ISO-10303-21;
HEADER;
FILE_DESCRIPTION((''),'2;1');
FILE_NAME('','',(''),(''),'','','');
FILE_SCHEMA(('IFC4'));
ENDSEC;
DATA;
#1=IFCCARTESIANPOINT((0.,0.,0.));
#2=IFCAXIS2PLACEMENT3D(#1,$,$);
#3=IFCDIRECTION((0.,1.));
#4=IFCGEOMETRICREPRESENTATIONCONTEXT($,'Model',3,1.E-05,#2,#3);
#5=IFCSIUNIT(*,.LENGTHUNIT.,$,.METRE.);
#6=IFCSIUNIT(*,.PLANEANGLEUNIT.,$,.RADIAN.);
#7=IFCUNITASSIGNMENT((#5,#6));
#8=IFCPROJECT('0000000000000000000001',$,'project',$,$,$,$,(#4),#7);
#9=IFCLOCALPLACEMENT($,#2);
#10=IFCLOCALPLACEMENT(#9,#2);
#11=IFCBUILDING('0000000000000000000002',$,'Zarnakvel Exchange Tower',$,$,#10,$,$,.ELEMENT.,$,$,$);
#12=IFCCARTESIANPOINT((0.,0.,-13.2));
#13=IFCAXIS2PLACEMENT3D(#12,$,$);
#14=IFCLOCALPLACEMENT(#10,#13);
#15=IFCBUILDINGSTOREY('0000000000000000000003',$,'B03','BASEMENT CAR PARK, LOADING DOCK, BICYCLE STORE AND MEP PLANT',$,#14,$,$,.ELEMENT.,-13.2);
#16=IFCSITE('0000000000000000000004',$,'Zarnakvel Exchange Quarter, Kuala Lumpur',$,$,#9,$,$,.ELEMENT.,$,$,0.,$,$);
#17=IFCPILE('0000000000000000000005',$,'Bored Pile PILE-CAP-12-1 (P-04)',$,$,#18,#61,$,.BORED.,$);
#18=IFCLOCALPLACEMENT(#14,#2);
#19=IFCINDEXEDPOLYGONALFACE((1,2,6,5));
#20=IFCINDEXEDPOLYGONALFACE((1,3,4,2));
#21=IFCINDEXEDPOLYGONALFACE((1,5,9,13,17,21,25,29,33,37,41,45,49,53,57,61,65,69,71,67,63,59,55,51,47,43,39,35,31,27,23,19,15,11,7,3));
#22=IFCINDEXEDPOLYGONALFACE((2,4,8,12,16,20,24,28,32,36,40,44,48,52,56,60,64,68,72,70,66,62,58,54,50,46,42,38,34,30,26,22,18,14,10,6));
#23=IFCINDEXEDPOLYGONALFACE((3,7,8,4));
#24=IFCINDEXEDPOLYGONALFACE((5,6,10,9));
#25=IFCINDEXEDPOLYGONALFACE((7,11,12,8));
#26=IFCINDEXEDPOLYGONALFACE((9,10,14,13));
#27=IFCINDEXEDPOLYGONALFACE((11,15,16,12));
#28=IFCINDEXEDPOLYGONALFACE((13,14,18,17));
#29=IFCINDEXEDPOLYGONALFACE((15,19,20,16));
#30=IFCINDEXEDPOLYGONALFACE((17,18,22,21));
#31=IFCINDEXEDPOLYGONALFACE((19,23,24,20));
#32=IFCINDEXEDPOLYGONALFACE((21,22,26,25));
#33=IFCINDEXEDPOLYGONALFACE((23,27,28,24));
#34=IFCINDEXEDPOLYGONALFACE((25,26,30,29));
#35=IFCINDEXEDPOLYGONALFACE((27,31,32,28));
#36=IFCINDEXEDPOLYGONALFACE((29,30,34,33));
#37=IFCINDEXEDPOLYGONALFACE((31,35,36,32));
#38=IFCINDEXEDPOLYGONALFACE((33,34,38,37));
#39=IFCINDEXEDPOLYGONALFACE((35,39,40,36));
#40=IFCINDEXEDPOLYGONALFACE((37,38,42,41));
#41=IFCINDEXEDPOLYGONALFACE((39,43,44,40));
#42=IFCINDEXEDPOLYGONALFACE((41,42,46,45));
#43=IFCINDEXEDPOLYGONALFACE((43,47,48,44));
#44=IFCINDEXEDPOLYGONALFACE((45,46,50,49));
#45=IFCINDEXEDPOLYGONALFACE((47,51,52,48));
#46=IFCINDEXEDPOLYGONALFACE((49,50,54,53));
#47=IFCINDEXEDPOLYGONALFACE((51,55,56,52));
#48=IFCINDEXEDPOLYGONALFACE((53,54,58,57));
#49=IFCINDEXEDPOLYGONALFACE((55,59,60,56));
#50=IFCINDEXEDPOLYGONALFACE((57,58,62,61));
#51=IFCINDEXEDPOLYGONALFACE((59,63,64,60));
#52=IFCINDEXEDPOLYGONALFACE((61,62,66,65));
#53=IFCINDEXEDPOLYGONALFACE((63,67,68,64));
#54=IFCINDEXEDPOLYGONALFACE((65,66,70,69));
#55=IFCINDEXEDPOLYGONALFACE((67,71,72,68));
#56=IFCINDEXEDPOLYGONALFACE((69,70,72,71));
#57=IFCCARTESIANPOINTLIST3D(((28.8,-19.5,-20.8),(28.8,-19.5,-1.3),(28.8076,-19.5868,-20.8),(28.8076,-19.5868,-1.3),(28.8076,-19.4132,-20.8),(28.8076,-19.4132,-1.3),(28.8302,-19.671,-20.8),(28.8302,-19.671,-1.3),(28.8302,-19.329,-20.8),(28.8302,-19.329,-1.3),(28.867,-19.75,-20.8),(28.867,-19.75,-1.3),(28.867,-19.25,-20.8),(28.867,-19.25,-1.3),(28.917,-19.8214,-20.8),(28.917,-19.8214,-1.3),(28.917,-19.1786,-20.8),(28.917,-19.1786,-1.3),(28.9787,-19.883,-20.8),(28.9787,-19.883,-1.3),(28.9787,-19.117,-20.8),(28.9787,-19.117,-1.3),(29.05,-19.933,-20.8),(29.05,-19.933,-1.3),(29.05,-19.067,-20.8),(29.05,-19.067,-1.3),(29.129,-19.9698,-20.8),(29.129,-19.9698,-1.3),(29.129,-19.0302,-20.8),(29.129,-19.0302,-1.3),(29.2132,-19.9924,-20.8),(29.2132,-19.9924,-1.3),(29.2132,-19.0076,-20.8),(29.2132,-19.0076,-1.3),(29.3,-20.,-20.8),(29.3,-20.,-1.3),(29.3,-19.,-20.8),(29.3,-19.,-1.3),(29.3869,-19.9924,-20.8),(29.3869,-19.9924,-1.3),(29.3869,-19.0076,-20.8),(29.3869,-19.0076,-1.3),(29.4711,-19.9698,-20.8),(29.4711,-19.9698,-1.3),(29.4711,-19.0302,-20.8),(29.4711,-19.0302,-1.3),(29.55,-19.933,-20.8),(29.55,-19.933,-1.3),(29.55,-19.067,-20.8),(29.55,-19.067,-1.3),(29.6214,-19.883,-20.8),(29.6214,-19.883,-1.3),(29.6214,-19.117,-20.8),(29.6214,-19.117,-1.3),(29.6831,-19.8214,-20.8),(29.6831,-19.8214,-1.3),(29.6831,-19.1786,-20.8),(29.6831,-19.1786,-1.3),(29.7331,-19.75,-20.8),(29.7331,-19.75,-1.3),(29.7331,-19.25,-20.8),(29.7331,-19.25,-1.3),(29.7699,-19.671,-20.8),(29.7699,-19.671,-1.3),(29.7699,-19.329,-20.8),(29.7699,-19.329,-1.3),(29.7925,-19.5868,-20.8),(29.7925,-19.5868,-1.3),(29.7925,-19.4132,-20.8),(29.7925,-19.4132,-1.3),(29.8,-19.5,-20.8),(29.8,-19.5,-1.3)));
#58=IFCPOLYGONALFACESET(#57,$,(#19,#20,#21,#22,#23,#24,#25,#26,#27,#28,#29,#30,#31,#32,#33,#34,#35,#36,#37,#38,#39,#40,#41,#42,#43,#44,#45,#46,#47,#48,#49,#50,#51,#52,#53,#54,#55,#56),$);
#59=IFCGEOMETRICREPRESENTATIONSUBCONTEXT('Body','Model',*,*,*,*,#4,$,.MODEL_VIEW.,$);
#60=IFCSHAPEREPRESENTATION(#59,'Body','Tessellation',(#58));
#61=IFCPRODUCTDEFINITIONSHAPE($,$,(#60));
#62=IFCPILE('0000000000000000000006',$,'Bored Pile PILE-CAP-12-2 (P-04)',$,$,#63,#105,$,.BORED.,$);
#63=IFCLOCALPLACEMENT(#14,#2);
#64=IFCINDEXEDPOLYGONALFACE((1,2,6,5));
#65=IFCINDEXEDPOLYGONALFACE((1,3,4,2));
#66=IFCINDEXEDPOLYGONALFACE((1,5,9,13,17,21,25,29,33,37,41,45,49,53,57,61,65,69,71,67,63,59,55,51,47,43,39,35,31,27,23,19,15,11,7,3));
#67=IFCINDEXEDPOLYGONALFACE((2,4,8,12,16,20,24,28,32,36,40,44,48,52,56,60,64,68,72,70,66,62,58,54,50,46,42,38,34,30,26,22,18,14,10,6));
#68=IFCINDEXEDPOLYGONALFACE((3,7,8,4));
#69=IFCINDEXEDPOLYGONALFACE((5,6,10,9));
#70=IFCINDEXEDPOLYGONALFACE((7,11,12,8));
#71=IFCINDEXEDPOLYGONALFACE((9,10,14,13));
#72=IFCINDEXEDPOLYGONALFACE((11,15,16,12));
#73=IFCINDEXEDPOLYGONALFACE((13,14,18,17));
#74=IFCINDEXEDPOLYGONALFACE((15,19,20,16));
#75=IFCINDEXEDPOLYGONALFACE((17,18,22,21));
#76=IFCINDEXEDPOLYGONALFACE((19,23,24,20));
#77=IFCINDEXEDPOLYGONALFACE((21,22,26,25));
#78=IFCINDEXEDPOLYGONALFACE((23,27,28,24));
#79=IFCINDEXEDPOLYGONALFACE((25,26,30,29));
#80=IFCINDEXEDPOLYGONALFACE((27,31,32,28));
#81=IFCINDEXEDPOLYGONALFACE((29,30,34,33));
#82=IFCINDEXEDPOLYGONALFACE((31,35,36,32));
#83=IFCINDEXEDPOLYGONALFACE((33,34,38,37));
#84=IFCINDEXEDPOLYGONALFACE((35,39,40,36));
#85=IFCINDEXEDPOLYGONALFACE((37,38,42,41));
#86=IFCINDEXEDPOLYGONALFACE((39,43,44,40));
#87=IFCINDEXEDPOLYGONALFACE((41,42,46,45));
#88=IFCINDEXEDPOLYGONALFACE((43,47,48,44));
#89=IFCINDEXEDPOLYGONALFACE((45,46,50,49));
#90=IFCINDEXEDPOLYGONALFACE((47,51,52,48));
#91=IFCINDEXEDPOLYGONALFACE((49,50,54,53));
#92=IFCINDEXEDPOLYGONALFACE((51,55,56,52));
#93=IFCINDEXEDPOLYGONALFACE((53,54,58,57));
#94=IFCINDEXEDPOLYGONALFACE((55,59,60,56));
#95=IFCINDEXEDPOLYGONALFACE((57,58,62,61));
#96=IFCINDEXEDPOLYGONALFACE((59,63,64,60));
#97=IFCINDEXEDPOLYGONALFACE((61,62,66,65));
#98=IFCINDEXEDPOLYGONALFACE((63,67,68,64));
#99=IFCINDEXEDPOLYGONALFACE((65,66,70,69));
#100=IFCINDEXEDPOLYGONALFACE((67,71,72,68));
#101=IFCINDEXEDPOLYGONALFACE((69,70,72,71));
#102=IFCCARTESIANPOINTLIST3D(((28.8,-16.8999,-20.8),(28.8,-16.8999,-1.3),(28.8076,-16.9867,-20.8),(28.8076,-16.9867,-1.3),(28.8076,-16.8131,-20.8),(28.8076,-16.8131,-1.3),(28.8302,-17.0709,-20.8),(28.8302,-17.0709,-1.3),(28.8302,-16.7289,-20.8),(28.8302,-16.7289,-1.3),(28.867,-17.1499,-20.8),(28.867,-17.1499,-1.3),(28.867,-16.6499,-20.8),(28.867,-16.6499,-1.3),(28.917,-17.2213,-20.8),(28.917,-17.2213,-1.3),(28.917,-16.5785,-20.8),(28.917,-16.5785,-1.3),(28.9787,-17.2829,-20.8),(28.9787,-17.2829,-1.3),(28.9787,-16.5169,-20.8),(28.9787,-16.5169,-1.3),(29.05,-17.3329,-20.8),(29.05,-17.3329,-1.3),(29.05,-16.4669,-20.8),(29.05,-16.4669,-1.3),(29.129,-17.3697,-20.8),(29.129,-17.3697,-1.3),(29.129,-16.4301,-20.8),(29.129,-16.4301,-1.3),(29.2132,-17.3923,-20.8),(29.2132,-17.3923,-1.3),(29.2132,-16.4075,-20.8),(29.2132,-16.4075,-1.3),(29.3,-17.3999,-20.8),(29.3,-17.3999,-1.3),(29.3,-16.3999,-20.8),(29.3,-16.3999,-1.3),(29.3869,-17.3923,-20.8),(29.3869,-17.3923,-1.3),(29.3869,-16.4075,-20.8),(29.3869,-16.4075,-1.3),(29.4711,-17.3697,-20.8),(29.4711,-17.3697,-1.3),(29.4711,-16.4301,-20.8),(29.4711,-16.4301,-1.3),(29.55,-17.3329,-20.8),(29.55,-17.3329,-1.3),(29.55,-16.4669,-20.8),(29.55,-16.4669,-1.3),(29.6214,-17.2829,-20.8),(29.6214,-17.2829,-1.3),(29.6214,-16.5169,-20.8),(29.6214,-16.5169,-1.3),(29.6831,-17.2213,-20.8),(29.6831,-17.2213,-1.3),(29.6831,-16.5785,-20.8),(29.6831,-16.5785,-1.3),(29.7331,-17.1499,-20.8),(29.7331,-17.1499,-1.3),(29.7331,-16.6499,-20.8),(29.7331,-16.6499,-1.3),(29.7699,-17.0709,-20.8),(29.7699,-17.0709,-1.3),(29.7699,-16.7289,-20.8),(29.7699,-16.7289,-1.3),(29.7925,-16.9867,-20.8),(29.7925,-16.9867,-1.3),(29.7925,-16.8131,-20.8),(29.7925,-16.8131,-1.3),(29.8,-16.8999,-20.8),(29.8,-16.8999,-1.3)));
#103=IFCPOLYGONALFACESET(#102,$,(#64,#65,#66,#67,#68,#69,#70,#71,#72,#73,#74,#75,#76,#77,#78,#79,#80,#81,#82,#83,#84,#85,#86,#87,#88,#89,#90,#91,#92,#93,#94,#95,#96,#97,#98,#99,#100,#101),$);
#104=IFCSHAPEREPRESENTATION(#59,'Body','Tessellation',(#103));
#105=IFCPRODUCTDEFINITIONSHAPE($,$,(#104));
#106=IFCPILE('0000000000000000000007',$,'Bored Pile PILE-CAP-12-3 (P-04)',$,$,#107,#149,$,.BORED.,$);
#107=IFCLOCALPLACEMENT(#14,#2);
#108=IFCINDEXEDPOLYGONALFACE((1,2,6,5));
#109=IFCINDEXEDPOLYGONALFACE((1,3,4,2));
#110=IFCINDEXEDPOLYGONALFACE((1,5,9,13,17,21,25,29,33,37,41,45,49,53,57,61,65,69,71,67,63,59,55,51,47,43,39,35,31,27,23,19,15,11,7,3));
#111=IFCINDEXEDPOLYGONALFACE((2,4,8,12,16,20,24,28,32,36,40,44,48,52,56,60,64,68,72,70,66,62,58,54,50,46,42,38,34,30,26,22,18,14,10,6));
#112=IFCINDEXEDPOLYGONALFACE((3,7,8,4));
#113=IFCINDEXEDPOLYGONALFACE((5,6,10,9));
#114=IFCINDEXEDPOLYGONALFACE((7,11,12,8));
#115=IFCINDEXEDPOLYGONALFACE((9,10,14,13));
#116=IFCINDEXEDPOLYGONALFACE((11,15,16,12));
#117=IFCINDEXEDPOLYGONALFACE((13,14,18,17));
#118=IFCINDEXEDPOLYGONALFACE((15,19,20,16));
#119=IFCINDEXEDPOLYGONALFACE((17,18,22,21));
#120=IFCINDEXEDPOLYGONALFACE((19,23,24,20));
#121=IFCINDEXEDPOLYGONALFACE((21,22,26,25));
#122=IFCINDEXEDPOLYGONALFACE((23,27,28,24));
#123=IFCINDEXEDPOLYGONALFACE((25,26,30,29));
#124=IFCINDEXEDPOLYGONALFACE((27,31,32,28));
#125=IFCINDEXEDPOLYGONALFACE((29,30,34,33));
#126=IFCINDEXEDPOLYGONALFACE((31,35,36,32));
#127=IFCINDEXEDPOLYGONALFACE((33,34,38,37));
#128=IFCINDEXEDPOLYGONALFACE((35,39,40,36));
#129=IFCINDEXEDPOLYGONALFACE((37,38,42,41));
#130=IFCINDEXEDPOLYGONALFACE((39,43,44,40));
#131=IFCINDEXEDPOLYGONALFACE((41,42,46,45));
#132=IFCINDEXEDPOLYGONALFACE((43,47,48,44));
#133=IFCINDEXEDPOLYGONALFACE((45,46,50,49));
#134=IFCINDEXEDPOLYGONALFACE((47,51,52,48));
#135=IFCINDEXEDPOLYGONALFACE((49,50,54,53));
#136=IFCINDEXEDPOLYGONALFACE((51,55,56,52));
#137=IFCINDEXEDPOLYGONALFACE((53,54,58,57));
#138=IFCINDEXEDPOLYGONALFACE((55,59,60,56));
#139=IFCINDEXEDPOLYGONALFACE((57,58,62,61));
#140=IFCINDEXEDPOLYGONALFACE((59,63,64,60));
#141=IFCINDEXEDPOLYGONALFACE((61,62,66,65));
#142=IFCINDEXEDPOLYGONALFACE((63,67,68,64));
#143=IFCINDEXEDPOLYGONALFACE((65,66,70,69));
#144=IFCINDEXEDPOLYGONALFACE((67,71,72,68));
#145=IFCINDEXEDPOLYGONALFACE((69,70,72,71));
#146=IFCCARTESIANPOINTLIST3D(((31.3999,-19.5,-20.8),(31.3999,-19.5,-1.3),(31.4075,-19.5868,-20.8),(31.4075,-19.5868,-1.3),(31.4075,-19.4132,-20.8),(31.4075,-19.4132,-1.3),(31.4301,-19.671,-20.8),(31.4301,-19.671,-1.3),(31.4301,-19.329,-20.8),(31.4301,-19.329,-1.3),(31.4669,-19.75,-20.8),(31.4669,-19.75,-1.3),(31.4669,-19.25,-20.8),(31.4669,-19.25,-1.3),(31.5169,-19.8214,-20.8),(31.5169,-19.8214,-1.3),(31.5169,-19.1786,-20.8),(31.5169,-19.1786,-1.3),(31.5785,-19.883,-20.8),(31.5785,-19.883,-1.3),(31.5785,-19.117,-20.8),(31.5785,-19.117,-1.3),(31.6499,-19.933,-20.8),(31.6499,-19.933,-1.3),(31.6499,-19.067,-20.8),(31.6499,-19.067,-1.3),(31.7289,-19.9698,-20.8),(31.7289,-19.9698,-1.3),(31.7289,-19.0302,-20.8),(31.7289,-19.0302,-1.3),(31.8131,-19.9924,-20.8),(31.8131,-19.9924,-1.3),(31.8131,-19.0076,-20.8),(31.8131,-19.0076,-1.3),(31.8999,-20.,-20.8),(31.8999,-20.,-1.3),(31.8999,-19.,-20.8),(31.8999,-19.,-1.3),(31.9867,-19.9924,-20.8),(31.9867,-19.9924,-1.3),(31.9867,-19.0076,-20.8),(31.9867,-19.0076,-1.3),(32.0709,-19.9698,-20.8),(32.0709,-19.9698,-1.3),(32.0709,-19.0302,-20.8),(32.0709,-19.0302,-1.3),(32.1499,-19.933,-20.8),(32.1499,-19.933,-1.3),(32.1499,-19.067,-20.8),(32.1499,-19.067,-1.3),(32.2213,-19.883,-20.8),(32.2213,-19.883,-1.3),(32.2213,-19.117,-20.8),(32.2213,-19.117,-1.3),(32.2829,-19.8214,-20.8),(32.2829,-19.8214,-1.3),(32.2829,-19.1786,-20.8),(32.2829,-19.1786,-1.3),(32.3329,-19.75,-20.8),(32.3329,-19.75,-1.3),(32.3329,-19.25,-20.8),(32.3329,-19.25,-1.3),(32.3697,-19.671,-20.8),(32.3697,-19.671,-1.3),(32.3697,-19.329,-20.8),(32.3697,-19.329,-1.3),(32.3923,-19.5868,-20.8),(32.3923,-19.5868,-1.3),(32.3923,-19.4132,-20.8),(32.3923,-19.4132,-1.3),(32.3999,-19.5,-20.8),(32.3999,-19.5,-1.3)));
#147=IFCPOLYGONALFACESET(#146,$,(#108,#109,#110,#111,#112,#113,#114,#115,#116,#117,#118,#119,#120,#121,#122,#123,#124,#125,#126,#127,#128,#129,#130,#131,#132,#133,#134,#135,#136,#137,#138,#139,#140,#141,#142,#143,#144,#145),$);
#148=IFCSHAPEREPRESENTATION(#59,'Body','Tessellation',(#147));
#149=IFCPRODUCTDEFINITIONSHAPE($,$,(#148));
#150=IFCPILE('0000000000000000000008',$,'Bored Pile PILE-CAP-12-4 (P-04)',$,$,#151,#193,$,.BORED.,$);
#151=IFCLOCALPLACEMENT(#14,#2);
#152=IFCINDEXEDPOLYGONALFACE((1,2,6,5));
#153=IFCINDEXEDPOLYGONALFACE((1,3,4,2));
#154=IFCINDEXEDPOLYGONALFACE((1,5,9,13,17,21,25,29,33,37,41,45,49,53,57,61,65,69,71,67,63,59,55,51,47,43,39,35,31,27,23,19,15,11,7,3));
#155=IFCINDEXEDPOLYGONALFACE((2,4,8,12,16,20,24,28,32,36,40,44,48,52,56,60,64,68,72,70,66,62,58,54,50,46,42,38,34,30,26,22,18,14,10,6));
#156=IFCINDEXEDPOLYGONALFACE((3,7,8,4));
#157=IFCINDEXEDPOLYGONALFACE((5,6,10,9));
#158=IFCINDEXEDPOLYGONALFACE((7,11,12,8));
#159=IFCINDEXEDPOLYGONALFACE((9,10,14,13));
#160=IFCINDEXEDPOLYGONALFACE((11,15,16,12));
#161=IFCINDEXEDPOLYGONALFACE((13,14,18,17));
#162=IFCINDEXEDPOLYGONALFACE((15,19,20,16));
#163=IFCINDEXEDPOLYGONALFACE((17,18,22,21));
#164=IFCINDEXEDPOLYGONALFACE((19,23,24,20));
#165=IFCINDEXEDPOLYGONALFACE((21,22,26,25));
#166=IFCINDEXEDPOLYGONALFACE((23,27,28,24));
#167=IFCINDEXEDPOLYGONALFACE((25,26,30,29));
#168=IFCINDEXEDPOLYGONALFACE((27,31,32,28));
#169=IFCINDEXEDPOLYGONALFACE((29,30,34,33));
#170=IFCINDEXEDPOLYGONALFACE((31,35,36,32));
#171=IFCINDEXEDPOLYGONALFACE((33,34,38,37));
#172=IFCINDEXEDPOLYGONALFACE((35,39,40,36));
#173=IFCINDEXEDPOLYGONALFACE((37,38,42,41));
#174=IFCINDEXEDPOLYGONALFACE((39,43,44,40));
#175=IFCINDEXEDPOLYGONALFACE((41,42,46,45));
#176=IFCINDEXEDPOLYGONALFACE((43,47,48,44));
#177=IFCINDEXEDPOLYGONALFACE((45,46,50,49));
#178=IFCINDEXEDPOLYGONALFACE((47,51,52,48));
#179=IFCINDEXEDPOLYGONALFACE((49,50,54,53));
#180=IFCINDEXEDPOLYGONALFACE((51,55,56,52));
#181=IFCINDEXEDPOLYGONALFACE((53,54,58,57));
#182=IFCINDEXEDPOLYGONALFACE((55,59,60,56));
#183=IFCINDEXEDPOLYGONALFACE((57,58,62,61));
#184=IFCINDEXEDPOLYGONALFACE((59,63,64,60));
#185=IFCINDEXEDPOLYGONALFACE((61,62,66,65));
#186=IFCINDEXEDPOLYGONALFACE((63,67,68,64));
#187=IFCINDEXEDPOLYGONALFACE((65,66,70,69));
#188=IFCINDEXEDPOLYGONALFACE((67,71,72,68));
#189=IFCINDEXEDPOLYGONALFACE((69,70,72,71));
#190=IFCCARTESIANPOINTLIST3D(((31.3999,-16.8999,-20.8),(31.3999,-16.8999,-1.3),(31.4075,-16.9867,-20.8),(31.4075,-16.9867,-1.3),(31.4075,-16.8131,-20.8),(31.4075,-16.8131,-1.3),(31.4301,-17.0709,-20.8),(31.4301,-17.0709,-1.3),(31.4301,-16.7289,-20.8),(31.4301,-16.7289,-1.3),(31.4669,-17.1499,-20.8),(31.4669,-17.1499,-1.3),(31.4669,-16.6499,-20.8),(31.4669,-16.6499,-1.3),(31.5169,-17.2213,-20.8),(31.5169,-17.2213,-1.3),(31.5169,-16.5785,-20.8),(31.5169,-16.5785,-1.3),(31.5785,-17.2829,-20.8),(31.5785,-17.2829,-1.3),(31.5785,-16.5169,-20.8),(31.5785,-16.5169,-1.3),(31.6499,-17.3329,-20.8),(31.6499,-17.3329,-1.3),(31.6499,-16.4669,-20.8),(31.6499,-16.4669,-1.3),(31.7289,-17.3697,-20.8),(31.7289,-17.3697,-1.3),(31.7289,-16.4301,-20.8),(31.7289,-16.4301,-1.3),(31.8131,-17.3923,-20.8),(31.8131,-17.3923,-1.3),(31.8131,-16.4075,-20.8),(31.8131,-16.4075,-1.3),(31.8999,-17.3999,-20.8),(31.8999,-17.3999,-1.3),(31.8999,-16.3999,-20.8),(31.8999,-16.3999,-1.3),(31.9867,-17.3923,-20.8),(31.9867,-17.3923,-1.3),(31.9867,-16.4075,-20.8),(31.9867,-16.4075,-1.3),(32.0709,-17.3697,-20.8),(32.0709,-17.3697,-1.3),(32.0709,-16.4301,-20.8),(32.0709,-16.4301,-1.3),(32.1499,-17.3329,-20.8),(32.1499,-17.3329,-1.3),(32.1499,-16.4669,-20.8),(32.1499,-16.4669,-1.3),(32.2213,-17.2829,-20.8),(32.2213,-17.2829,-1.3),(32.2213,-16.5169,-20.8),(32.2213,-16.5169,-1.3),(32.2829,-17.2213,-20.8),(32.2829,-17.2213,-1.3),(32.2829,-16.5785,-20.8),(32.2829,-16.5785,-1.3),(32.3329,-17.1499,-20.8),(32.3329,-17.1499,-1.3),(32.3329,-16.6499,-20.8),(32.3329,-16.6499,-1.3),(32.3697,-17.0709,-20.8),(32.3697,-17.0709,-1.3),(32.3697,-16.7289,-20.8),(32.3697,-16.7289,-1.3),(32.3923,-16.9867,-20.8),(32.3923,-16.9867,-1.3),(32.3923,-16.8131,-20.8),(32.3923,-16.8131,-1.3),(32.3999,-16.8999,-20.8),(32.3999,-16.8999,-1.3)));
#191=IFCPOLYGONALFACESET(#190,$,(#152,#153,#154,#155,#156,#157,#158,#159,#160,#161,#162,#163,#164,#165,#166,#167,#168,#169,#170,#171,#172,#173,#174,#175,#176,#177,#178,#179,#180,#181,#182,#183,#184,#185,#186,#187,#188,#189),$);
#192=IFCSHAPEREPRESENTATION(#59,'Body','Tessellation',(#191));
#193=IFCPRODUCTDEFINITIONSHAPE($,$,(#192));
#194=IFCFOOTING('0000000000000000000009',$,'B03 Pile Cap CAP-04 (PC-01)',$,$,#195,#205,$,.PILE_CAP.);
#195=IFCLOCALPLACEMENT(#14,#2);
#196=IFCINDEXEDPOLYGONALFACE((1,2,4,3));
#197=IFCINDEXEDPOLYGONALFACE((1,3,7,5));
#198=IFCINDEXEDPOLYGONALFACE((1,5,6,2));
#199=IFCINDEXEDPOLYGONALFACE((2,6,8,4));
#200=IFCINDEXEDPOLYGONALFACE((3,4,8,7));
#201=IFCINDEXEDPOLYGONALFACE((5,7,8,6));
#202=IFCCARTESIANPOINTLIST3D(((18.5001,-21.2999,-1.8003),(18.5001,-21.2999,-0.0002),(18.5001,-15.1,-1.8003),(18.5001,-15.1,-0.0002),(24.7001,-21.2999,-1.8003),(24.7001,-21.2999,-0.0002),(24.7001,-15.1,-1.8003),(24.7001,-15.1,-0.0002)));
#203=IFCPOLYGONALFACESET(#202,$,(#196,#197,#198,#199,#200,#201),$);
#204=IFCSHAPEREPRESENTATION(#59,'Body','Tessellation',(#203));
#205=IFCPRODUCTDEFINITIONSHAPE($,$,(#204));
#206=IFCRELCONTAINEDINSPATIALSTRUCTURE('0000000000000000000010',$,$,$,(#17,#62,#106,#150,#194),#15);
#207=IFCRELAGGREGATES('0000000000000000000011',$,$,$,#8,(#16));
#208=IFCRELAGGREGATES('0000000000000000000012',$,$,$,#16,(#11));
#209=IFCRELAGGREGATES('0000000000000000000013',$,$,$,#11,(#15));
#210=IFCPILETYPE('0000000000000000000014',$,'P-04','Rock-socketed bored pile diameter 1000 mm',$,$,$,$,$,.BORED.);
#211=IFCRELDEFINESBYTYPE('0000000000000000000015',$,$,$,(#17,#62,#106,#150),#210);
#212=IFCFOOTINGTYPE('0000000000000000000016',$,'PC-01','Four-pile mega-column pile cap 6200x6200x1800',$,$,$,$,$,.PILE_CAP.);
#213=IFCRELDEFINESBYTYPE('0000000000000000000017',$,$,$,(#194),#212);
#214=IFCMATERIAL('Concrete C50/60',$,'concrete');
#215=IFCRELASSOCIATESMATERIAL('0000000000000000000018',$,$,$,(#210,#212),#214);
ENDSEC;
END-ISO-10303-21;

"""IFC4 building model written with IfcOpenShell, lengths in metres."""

from ifc_helpers import new_model, si_unit, direction, frame, origin, origin_2d, place, context, subcontext, project, spatial, rectangle, circle, extrude, source, transform, mapped, material, material_profile, profile_set, type_object, element, save


model = new_model("IFC4")

# Units and contexts
model_context = context("Model", 3, precision=1e-05, world=origin(), true_north=direction((0.0, 1.0)))
body_context = subcontext(model_context, "Body", "Model", "MODEL_VIEW")
ifc_project = project(units=[si_unit("LENGTHUNIT", "METRE"), si_unit("PLANEANGLEUNIT", "RADIAN")], contexts=[model_context])

# Site, building, storey
site_placement = place(None, origin())
site = spatial("IfcSite", under=ifc_project, at=site_placement, Name="Zarnakvel Exchange Quarter, Kuala Lumpur", CompositionType="ELEMENT", RefElevation=0.0)
building_placement = place(site_placement, origin())
building = spatial("IfcBuilding", under=site, at=building_placement, Name="Zarnakvel Exchange Tower", CompositionType="ELEMENT")
storey_placement = place(building_placement, frame((0.0, 0.0, -13.2)))
storey = spatial("IfcBuildingStorey", under=building, at=storey_placement, Name="B03", Description="BASEMENT CAR PARK, LOADING DOCK, BICYCLE STORE AND MEP PLANT", CompositionType="ELEMENT", Elevation=-13.2)

# Shared definitions
ifc_material_1 = material(Name="Concrete C50/60", Category="concrete")

# Piles
ifc_material_profile_1 = material_profile(ifc_material_1, circle(Radius=0.5, at=origin_2d()))
ifc_profile_set_1 = profile_set([ifc_material_profile_1], Name="Concrete C50/60")
pile_type_1 = type_object("IfcPileType", Name="P-04", Description="Rock-socketed bored pile diameter 1000 mm", PredefinedType="BORED", material=ifc_profile_set_1)
for number, where, z_axis, x_axis, name in (
    (1, (29.3, -19.5, -1.3), (0.0, 0.0, -1.0), (1.0, 0.0, 0.0), "Bored Pile PILE-CAP-12-1 (P-04)"),
    (2, (29.3, -16.8999, -1.3), (0.0, 0.0, -1.0), (1.0, 0.0, 0.0), "Bored Pile PILE-CAP-12-2 (P-04)"),
    (3, (31.8999, -19.5, -1.3), (0.0, 0.0, -1.0), (1.0, 0.0, 0.0), "Bored Pile PILE-CAP-12-3 (P-04)"),
    (4, (31.8999, -16.8999, -1.3), (0.0, 0.0, -1.0), (1.0, 0.0, 0.0), "Bored Pile PILE-CAP-12-4 (P-04)"),
):
    element("IfcPile", number, at=place(storey_placement, frame(where, z_axis=z_axis, x_axis=x_axis)), inside=storey, type_object=pile_type_1, Name=name, PredefinedType="BORED", context=body_context, shape_type="SweptSolid", body=[
        extrude(circle(Radius=0.5, at=origin_2d()), origin(), (0.0, 0.0, 1.0), 19.5),
    ])

# Footing
footing_type_1 = type_object("IfcFootingType", Name="PC-01", Description="Four-pile mega-column pile cap 6200x6200x1800", PredefinedType="PILE_CAP", material=ifc_material_1)
shared_shape_1 = source(origin(), body_context, "Body", "SweptSolid", [
    extrude(rectangle(XDim=6.2, YDim=6.2, at=origin_2d()), origin(), (0.0, 0.0, 1.0), 1.8),
])
footing_1_placement = place(storey_placement, frame((21.6001, -18.2, -1.8003), z_axis=(0.0, 0.0, 1.0), x_axis=(1.0, 0.0, 0.0)))
element("IfcFooting", 5, at=footing_1_placement, inside=storey, type_object=footing_type_1, Name="B03 Pile Cap CAP-04 (PC-01)", PredefinedType="PILE_CAP", context=body_context, shape_type="MappedRepresentation", body=[
    mapped(shared_shape_1, transform((0.0, 0.0, 0.0), x_axis=(1.0, 0.0, 0.0), y_axis=(0.0, 1.0, 0.0), z_axis=(0.0, 0.0, 1.0), scale=1.0)),
])

save(model, "model.ifc")
